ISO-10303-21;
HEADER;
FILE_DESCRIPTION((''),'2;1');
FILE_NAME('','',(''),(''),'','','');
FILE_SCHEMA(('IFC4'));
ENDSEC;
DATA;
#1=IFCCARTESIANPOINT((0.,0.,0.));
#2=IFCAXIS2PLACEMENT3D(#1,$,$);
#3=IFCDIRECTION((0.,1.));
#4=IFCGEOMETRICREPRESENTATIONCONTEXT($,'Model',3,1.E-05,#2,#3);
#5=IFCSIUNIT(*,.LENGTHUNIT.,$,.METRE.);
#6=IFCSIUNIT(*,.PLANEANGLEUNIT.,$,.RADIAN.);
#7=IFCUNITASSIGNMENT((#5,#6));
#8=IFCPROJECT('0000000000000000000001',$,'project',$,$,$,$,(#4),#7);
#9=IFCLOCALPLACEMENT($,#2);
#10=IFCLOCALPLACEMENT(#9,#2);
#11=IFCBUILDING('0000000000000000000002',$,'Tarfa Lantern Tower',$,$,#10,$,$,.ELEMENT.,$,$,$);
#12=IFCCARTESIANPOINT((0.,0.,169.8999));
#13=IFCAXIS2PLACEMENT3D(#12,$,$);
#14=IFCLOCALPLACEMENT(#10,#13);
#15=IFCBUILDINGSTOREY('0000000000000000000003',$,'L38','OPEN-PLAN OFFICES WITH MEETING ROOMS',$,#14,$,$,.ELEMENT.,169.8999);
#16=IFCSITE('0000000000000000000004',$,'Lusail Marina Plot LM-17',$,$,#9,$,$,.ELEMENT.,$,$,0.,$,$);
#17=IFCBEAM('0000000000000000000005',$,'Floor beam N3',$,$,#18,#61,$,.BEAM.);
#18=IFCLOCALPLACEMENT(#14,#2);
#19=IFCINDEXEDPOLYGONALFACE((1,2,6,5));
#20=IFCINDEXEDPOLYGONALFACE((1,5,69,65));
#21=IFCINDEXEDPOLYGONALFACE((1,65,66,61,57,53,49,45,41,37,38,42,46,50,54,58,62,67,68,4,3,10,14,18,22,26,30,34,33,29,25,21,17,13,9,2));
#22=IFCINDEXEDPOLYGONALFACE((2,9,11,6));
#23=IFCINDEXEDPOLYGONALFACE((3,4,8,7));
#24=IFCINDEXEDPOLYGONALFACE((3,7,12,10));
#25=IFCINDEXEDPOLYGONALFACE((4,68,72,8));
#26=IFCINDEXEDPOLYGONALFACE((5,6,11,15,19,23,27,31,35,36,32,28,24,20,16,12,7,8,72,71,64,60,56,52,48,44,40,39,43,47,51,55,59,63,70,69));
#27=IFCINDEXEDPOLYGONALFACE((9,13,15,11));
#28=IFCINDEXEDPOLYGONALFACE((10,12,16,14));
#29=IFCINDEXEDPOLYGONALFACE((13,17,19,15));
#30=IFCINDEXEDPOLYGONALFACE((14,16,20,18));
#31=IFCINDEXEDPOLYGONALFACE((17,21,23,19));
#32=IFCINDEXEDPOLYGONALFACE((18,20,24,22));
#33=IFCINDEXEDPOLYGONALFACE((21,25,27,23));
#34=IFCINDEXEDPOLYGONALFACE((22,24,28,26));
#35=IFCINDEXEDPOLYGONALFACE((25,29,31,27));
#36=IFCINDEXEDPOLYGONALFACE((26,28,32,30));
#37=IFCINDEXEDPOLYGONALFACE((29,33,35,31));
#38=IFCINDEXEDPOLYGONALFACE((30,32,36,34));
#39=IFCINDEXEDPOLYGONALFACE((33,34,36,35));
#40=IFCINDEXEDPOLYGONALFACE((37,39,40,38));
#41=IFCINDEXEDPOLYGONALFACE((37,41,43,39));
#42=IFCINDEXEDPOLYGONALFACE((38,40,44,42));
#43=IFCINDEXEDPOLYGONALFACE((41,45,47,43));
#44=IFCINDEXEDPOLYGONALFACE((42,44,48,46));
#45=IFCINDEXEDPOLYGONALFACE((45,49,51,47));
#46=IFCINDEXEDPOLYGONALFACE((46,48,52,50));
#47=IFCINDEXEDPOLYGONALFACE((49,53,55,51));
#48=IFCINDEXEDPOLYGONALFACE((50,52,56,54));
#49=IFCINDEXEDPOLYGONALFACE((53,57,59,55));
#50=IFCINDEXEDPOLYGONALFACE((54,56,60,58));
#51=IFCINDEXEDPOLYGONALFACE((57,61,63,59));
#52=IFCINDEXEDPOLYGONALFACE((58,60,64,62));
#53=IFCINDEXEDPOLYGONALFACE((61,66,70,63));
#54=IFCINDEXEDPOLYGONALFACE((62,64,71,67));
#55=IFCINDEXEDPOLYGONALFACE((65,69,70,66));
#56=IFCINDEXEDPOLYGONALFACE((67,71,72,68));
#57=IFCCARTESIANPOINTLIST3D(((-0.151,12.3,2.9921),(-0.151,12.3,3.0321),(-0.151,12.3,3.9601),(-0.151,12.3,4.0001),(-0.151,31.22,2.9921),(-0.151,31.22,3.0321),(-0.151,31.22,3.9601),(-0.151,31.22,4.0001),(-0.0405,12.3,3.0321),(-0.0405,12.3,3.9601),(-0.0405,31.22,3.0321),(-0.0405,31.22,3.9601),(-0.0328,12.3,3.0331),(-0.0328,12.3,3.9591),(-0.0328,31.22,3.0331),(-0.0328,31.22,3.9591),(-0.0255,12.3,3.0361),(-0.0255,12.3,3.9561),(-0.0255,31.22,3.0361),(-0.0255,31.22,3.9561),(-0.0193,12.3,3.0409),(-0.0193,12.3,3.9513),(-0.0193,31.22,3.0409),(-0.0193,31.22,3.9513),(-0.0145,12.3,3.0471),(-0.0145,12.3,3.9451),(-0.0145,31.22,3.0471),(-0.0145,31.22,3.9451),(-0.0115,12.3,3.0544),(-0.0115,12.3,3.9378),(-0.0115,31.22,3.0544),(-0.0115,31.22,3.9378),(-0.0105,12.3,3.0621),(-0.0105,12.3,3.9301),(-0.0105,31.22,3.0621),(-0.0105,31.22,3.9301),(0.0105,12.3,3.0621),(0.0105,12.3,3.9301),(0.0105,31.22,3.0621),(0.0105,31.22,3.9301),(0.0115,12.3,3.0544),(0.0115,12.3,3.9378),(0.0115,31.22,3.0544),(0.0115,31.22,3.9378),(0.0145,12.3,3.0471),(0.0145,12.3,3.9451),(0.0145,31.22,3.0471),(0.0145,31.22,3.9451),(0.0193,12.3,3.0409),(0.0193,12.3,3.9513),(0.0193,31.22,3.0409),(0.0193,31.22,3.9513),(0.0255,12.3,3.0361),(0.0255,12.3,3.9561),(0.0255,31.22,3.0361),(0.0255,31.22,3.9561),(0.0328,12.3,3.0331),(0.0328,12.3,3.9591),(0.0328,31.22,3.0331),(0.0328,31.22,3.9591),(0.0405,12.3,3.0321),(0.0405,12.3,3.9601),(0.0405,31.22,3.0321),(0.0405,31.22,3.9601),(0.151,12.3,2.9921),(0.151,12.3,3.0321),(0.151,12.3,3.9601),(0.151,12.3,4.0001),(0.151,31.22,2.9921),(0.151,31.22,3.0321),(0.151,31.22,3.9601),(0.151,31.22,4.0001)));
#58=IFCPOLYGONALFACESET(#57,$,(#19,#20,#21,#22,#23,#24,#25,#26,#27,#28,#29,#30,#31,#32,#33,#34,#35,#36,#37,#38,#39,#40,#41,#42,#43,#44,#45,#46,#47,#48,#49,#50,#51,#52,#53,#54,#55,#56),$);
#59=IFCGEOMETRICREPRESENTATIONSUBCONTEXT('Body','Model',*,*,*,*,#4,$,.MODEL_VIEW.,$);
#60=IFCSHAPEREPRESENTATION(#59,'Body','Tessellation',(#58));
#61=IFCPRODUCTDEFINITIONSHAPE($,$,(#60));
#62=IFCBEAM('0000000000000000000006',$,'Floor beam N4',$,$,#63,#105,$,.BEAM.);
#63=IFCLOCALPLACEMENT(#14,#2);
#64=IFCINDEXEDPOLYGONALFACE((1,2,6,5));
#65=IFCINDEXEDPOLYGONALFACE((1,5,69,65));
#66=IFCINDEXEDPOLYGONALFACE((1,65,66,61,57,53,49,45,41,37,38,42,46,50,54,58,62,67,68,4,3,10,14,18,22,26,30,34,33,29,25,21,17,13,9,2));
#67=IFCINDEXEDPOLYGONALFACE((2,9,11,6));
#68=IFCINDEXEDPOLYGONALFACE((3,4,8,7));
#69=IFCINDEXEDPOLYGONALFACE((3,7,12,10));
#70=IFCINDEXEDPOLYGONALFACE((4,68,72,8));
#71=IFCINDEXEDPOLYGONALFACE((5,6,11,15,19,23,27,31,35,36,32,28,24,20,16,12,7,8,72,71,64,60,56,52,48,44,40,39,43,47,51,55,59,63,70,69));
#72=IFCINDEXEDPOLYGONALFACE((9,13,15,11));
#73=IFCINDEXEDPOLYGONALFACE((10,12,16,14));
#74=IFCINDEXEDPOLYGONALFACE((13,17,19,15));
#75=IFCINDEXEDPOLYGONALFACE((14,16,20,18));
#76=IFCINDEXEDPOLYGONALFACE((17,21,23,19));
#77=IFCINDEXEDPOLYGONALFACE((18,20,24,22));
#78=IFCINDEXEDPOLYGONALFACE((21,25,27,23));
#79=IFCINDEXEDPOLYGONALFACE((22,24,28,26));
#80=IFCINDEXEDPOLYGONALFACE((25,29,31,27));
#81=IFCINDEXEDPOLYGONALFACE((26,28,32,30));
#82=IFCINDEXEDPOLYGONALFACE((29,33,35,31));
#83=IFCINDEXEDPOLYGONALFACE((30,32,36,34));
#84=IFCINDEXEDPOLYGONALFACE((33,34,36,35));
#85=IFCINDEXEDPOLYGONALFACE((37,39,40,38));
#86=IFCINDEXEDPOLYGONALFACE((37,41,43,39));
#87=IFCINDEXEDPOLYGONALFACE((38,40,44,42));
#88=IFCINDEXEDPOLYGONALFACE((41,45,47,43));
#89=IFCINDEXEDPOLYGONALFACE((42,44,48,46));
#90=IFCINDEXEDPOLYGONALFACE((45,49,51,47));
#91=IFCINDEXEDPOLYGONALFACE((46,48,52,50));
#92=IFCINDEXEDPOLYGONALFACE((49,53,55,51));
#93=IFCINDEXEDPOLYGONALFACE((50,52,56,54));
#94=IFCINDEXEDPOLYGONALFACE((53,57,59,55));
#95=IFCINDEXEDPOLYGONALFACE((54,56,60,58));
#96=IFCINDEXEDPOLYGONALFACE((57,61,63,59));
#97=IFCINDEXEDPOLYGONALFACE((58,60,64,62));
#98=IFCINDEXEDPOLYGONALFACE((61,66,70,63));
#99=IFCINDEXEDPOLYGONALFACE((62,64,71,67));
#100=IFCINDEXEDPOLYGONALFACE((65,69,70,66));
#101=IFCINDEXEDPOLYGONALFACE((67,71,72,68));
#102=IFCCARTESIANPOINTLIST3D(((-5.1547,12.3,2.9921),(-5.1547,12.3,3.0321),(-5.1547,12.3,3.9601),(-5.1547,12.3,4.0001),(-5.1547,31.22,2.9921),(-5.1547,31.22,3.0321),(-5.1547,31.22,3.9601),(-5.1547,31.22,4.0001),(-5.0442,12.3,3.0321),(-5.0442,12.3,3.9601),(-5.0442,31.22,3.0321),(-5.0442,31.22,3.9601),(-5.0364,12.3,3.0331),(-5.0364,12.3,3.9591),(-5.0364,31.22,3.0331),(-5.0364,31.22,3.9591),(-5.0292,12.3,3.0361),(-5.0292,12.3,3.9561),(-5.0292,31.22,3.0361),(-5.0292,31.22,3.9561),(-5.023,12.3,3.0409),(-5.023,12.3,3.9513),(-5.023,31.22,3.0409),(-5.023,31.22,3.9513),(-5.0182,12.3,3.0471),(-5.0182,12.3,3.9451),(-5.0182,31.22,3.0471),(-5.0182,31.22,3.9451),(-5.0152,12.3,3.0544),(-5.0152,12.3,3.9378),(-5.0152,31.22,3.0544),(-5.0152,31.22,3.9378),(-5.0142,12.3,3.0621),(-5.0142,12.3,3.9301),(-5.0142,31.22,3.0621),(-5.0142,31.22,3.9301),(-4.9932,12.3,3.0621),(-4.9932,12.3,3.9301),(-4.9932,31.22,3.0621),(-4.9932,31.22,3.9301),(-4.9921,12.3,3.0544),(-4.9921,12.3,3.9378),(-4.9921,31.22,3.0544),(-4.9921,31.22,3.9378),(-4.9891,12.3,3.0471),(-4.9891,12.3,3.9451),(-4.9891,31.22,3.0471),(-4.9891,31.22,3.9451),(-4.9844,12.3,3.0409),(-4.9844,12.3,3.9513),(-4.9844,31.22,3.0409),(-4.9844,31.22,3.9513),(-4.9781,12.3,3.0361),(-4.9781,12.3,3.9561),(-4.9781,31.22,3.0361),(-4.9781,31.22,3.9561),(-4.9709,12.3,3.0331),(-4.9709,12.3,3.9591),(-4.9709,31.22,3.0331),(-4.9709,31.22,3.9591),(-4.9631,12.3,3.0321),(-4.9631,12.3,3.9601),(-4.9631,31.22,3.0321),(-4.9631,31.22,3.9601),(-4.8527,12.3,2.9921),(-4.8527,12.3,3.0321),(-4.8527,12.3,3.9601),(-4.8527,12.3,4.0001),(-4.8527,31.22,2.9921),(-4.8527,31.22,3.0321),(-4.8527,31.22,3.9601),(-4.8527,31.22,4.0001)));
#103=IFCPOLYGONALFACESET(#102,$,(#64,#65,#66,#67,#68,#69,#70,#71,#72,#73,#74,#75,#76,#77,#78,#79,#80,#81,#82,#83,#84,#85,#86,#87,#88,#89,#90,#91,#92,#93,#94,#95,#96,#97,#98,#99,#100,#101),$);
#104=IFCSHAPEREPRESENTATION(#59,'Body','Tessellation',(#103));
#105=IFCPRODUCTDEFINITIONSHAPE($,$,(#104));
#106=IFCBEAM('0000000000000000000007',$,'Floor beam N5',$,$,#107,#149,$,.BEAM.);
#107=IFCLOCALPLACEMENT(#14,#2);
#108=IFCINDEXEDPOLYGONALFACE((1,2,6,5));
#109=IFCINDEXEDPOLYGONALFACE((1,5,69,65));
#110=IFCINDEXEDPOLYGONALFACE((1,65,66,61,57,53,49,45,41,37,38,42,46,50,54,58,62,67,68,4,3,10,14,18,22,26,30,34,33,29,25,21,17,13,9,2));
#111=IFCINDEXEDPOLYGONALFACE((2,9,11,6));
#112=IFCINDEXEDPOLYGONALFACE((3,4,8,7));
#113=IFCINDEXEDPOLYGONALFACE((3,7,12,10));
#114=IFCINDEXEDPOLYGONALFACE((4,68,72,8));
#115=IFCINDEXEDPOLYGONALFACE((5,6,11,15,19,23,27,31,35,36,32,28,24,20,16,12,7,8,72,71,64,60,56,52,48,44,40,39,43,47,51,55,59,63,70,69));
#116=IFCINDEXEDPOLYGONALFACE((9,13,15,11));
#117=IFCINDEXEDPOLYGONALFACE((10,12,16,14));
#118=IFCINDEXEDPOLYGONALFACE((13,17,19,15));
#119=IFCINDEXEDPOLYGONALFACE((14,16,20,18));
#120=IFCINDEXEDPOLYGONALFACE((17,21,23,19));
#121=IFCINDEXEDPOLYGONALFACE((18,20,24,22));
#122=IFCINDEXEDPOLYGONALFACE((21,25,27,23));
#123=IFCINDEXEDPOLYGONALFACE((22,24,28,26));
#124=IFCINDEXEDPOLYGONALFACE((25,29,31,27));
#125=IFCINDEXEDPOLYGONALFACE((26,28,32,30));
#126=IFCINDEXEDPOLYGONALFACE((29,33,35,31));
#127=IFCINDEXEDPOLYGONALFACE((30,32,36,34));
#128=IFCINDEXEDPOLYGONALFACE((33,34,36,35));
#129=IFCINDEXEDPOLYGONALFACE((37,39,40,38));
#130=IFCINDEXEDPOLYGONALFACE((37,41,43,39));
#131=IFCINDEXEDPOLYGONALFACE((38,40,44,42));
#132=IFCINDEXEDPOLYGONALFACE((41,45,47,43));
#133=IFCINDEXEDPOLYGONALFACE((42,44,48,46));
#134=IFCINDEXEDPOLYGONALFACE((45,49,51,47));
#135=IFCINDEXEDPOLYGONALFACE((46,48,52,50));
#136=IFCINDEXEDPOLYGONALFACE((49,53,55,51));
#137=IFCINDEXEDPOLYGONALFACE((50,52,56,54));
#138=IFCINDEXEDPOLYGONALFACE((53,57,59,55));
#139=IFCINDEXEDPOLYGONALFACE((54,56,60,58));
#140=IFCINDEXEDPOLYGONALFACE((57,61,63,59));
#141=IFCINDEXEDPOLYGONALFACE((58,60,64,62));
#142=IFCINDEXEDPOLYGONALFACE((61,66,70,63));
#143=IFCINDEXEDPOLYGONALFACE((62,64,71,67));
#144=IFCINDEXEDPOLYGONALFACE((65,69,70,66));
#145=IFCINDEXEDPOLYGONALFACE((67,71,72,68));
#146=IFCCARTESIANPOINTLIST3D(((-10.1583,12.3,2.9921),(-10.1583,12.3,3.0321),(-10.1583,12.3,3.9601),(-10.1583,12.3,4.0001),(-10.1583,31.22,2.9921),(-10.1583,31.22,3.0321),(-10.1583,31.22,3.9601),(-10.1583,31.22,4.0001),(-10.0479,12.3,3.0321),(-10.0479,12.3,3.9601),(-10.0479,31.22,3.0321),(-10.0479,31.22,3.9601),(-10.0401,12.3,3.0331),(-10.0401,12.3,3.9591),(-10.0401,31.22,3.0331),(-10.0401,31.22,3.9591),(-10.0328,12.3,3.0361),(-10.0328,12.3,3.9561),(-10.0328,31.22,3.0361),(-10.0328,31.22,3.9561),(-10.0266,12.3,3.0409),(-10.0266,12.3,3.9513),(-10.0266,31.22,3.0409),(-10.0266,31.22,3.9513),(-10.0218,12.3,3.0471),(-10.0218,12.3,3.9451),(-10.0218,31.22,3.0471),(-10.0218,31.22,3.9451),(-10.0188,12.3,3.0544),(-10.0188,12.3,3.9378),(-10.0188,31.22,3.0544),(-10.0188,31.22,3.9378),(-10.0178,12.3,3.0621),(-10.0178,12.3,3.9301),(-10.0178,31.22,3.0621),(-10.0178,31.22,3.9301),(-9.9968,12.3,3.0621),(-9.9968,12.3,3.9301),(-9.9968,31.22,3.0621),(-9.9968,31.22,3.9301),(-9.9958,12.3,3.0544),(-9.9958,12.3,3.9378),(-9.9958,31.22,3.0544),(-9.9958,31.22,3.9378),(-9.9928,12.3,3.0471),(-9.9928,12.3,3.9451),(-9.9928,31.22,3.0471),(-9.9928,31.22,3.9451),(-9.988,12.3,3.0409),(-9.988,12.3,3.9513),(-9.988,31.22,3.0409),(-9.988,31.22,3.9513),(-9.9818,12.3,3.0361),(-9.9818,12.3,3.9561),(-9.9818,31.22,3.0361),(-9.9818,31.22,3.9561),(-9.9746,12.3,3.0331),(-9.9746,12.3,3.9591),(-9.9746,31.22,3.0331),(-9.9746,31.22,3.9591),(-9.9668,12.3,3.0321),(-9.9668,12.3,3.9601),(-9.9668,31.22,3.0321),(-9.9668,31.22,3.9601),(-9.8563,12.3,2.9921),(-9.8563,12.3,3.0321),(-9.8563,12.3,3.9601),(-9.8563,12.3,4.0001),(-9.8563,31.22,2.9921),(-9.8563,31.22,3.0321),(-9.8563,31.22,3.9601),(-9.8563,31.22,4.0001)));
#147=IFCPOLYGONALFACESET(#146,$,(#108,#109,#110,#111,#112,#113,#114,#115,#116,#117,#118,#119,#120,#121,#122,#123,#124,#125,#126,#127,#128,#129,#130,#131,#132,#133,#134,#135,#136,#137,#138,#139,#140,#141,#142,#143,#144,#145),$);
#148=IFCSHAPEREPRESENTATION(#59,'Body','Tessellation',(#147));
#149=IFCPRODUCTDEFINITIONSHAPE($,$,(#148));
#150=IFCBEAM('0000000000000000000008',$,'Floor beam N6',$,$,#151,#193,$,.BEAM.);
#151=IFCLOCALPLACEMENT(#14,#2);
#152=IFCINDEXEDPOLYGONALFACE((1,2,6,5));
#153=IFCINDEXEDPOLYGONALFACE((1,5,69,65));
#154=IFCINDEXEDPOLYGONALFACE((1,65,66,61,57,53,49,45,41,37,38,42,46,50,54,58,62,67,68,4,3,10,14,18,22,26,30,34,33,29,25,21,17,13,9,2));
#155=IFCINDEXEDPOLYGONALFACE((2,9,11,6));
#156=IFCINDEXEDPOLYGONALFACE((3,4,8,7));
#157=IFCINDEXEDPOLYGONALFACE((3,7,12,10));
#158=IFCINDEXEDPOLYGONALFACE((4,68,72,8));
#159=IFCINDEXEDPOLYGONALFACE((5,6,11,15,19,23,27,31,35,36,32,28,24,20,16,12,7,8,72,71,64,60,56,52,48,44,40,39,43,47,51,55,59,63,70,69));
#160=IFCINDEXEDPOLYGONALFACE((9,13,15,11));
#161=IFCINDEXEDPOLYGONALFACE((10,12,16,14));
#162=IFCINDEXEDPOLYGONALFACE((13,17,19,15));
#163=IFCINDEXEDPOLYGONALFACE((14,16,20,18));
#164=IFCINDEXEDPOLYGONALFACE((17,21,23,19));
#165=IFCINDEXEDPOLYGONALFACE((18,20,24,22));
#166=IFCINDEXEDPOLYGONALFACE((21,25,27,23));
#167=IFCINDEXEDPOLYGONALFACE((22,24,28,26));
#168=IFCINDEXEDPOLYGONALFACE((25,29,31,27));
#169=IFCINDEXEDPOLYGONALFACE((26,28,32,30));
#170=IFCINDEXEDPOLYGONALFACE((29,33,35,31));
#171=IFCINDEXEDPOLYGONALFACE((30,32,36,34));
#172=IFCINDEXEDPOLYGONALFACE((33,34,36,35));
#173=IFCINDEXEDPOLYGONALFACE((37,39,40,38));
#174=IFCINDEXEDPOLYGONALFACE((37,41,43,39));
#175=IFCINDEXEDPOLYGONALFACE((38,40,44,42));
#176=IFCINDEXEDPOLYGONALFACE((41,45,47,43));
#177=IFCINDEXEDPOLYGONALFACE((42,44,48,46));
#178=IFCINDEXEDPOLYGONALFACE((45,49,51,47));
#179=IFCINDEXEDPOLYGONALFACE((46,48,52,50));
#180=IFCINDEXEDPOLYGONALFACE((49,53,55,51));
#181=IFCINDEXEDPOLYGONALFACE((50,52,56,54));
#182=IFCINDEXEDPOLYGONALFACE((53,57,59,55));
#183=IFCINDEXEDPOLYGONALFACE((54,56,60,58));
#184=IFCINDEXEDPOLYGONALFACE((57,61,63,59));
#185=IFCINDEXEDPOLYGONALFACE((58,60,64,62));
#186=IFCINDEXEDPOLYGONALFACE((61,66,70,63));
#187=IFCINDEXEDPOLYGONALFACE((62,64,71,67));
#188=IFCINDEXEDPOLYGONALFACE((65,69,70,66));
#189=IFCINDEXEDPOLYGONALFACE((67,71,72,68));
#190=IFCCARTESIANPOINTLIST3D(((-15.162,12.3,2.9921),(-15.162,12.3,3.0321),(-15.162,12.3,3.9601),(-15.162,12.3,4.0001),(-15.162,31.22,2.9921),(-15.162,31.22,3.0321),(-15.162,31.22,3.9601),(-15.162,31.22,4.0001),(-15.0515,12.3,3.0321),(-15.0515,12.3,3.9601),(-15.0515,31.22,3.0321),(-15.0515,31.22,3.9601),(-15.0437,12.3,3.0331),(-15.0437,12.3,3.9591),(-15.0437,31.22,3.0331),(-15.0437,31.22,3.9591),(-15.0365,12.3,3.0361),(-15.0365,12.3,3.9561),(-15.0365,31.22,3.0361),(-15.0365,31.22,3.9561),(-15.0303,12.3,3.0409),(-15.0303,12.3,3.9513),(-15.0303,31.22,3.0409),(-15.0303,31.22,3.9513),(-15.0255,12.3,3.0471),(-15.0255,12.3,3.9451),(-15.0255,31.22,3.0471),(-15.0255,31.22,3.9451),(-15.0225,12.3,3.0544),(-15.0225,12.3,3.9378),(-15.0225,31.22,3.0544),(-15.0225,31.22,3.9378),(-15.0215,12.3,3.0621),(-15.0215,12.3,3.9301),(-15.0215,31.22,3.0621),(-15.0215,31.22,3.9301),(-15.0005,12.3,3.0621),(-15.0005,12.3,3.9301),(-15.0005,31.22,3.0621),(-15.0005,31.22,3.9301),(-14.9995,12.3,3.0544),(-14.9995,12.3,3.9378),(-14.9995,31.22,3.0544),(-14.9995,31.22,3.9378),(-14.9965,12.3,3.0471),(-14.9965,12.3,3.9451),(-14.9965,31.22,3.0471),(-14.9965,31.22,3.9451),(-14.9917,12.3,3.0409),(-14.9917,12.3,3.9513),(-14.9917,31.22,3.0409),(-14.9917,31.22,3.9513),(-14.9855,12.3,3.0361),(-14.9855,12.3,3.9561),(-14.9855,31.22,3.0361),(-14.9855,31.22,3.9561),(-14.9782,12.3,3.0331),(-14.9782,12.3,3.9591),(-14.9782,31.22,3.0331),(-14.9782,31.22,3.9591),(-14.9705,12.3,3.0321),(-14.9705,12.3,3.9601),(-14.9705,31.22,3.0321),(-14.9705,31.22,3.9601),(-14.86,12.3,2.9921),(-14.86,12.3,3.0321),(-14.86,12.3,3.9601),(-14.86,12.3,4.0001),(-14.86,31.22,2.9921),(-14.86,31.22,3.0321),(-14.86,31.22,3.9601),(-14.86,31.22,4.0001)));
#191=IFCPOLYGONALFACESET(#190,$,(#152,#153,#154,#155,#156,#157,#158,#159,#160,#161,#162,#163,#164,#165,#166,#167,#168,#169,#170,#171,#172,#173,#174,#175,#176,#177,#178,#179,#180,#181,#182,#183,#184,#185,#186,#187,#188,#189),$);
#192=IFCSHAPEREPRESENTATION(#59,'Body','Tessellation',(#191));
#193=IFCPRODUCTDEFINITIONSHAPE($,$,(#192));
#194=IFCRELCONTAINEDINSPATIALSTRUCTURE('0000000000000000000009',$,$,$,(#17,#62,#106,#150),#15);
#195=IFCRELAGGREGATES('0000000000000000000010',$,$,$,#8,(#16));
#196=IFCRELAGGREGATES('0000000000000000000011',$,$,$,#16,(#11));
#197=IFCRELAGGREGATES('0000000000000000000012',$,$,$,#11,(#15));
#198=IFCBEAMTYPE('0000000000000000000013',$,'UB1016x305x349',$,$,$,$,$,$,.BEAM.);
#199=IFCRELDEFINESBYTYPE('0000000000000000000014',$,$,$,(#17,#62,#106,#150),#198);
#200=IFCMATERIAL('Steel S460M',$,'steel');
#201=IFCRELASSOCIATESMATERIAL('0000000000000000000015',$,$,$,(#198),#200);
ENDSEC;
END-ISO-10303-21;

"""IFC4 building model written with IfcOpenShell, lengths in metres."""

from ifc_helpers import new_model, si_unit, direction, frame, origin, origin_2d, place, context, subcontext, project, spatial, i_section, extrude, material, material_profile, profile_set, type_object, element, save


model = new_model("IFC4")

# Units and contexts
model_context = context("Model", 3, precision=1e-05, world=origin(), true_north=direction((0.0, 1.0)))
body_context = subcontext(model_context, "Body", "Model", "MODEL_VIEW")
ifc_project = project(units=[si_unit("LENGTHUNIT", "METRE"), si_unit("PLANEANGLEUNIT", "RADIAN")], contexts=[model_context])

# Site, building, storey
site_placement = place(None, origin())
site = spatial("IfcSite", under=ifc_project, at=site_placement, Name="Lusail Marina Plot LM-17", CompositionType="ELEMENT", RefElevation=0.0)
building_placement = place(site_placement, origin())
building = spatial("IfcBuilding", under=site, at=building_placement, Name="Tarfa Lantern Tower", CompositionType="ELEMENT")
storey_placement = place(building_placement, frame((0.0, 0.0, 169.8999)))
storey = spatial("IfcBuildingStorey", under=building, at=storey_placement, Name="L38", Description="OPEN-PLAN OFFICES WITH MEETING ROOMS", CompositionType="ELEMENT", Elevation=169.8999)

# Beams
ifc_material_1 = material(Name="Steel S460M", Category="steel")
ifc_material_profile_1 = material_profile(ifc_material_1, i_section(OverallWidth=0.302, OverallDepth=1.0081, WebThickness=0.021, FlangeThickness=0.04, FilletRadius=0.03, at=origin_2d()), Name="UB1016x305x349")
ifc_profile_set_1 = profile_set([ifc_material_profile_1], Name="Steel S460M")
beam_type_1 = type_object("IfcBeamType", Name="UB1016x305x349", PredefinedType="BEAM", material=ifc_profile_set_1)
for number, where, z_axis, x_axis, name in (
    (1, (0.0, 31.22, 3.4961), (0.0, -1.0, 0.0), (1.0, 0.0, 0.0), "Floor beam N3"),
    (2, (-5.0037, 31.22, 3.4961), (0.0, -1.0, 0.0), (1.0, 0.0, 0.0), "Floor beam N4"),
    (3, (-10.0073, 31.22, 3.4961), (0.0, -1.0, 0.0), (1.0, 0.0, 0.0), "Floor beam N5"),
    (4, (-15.011, 31.22, 3.4961), (0.0, -1.0, 0.0), (1.0, 0.0, 0.0), "Floor beam N6"),
):
    element("IfcBeam", number, at=place(storey_placement, frame(where, z_axis=z_axis, x_axis=x_axis)), inside=storey, type_object=beam_type_1, Name=name, PredefinedType="BEAM", context=body_context, shape_type="SweptSolid", body=[
        extrude(i_section(OverallWidth=0.302, OverallDepth=1.0081, WebThickness=0.021, FlangeThickness=0.04, FilletRadius=0.03, at=origin_2d()), origin(), (0.0, 0.0, 1.0), 18.9199),
    ])

save(model, "model.ifc")
